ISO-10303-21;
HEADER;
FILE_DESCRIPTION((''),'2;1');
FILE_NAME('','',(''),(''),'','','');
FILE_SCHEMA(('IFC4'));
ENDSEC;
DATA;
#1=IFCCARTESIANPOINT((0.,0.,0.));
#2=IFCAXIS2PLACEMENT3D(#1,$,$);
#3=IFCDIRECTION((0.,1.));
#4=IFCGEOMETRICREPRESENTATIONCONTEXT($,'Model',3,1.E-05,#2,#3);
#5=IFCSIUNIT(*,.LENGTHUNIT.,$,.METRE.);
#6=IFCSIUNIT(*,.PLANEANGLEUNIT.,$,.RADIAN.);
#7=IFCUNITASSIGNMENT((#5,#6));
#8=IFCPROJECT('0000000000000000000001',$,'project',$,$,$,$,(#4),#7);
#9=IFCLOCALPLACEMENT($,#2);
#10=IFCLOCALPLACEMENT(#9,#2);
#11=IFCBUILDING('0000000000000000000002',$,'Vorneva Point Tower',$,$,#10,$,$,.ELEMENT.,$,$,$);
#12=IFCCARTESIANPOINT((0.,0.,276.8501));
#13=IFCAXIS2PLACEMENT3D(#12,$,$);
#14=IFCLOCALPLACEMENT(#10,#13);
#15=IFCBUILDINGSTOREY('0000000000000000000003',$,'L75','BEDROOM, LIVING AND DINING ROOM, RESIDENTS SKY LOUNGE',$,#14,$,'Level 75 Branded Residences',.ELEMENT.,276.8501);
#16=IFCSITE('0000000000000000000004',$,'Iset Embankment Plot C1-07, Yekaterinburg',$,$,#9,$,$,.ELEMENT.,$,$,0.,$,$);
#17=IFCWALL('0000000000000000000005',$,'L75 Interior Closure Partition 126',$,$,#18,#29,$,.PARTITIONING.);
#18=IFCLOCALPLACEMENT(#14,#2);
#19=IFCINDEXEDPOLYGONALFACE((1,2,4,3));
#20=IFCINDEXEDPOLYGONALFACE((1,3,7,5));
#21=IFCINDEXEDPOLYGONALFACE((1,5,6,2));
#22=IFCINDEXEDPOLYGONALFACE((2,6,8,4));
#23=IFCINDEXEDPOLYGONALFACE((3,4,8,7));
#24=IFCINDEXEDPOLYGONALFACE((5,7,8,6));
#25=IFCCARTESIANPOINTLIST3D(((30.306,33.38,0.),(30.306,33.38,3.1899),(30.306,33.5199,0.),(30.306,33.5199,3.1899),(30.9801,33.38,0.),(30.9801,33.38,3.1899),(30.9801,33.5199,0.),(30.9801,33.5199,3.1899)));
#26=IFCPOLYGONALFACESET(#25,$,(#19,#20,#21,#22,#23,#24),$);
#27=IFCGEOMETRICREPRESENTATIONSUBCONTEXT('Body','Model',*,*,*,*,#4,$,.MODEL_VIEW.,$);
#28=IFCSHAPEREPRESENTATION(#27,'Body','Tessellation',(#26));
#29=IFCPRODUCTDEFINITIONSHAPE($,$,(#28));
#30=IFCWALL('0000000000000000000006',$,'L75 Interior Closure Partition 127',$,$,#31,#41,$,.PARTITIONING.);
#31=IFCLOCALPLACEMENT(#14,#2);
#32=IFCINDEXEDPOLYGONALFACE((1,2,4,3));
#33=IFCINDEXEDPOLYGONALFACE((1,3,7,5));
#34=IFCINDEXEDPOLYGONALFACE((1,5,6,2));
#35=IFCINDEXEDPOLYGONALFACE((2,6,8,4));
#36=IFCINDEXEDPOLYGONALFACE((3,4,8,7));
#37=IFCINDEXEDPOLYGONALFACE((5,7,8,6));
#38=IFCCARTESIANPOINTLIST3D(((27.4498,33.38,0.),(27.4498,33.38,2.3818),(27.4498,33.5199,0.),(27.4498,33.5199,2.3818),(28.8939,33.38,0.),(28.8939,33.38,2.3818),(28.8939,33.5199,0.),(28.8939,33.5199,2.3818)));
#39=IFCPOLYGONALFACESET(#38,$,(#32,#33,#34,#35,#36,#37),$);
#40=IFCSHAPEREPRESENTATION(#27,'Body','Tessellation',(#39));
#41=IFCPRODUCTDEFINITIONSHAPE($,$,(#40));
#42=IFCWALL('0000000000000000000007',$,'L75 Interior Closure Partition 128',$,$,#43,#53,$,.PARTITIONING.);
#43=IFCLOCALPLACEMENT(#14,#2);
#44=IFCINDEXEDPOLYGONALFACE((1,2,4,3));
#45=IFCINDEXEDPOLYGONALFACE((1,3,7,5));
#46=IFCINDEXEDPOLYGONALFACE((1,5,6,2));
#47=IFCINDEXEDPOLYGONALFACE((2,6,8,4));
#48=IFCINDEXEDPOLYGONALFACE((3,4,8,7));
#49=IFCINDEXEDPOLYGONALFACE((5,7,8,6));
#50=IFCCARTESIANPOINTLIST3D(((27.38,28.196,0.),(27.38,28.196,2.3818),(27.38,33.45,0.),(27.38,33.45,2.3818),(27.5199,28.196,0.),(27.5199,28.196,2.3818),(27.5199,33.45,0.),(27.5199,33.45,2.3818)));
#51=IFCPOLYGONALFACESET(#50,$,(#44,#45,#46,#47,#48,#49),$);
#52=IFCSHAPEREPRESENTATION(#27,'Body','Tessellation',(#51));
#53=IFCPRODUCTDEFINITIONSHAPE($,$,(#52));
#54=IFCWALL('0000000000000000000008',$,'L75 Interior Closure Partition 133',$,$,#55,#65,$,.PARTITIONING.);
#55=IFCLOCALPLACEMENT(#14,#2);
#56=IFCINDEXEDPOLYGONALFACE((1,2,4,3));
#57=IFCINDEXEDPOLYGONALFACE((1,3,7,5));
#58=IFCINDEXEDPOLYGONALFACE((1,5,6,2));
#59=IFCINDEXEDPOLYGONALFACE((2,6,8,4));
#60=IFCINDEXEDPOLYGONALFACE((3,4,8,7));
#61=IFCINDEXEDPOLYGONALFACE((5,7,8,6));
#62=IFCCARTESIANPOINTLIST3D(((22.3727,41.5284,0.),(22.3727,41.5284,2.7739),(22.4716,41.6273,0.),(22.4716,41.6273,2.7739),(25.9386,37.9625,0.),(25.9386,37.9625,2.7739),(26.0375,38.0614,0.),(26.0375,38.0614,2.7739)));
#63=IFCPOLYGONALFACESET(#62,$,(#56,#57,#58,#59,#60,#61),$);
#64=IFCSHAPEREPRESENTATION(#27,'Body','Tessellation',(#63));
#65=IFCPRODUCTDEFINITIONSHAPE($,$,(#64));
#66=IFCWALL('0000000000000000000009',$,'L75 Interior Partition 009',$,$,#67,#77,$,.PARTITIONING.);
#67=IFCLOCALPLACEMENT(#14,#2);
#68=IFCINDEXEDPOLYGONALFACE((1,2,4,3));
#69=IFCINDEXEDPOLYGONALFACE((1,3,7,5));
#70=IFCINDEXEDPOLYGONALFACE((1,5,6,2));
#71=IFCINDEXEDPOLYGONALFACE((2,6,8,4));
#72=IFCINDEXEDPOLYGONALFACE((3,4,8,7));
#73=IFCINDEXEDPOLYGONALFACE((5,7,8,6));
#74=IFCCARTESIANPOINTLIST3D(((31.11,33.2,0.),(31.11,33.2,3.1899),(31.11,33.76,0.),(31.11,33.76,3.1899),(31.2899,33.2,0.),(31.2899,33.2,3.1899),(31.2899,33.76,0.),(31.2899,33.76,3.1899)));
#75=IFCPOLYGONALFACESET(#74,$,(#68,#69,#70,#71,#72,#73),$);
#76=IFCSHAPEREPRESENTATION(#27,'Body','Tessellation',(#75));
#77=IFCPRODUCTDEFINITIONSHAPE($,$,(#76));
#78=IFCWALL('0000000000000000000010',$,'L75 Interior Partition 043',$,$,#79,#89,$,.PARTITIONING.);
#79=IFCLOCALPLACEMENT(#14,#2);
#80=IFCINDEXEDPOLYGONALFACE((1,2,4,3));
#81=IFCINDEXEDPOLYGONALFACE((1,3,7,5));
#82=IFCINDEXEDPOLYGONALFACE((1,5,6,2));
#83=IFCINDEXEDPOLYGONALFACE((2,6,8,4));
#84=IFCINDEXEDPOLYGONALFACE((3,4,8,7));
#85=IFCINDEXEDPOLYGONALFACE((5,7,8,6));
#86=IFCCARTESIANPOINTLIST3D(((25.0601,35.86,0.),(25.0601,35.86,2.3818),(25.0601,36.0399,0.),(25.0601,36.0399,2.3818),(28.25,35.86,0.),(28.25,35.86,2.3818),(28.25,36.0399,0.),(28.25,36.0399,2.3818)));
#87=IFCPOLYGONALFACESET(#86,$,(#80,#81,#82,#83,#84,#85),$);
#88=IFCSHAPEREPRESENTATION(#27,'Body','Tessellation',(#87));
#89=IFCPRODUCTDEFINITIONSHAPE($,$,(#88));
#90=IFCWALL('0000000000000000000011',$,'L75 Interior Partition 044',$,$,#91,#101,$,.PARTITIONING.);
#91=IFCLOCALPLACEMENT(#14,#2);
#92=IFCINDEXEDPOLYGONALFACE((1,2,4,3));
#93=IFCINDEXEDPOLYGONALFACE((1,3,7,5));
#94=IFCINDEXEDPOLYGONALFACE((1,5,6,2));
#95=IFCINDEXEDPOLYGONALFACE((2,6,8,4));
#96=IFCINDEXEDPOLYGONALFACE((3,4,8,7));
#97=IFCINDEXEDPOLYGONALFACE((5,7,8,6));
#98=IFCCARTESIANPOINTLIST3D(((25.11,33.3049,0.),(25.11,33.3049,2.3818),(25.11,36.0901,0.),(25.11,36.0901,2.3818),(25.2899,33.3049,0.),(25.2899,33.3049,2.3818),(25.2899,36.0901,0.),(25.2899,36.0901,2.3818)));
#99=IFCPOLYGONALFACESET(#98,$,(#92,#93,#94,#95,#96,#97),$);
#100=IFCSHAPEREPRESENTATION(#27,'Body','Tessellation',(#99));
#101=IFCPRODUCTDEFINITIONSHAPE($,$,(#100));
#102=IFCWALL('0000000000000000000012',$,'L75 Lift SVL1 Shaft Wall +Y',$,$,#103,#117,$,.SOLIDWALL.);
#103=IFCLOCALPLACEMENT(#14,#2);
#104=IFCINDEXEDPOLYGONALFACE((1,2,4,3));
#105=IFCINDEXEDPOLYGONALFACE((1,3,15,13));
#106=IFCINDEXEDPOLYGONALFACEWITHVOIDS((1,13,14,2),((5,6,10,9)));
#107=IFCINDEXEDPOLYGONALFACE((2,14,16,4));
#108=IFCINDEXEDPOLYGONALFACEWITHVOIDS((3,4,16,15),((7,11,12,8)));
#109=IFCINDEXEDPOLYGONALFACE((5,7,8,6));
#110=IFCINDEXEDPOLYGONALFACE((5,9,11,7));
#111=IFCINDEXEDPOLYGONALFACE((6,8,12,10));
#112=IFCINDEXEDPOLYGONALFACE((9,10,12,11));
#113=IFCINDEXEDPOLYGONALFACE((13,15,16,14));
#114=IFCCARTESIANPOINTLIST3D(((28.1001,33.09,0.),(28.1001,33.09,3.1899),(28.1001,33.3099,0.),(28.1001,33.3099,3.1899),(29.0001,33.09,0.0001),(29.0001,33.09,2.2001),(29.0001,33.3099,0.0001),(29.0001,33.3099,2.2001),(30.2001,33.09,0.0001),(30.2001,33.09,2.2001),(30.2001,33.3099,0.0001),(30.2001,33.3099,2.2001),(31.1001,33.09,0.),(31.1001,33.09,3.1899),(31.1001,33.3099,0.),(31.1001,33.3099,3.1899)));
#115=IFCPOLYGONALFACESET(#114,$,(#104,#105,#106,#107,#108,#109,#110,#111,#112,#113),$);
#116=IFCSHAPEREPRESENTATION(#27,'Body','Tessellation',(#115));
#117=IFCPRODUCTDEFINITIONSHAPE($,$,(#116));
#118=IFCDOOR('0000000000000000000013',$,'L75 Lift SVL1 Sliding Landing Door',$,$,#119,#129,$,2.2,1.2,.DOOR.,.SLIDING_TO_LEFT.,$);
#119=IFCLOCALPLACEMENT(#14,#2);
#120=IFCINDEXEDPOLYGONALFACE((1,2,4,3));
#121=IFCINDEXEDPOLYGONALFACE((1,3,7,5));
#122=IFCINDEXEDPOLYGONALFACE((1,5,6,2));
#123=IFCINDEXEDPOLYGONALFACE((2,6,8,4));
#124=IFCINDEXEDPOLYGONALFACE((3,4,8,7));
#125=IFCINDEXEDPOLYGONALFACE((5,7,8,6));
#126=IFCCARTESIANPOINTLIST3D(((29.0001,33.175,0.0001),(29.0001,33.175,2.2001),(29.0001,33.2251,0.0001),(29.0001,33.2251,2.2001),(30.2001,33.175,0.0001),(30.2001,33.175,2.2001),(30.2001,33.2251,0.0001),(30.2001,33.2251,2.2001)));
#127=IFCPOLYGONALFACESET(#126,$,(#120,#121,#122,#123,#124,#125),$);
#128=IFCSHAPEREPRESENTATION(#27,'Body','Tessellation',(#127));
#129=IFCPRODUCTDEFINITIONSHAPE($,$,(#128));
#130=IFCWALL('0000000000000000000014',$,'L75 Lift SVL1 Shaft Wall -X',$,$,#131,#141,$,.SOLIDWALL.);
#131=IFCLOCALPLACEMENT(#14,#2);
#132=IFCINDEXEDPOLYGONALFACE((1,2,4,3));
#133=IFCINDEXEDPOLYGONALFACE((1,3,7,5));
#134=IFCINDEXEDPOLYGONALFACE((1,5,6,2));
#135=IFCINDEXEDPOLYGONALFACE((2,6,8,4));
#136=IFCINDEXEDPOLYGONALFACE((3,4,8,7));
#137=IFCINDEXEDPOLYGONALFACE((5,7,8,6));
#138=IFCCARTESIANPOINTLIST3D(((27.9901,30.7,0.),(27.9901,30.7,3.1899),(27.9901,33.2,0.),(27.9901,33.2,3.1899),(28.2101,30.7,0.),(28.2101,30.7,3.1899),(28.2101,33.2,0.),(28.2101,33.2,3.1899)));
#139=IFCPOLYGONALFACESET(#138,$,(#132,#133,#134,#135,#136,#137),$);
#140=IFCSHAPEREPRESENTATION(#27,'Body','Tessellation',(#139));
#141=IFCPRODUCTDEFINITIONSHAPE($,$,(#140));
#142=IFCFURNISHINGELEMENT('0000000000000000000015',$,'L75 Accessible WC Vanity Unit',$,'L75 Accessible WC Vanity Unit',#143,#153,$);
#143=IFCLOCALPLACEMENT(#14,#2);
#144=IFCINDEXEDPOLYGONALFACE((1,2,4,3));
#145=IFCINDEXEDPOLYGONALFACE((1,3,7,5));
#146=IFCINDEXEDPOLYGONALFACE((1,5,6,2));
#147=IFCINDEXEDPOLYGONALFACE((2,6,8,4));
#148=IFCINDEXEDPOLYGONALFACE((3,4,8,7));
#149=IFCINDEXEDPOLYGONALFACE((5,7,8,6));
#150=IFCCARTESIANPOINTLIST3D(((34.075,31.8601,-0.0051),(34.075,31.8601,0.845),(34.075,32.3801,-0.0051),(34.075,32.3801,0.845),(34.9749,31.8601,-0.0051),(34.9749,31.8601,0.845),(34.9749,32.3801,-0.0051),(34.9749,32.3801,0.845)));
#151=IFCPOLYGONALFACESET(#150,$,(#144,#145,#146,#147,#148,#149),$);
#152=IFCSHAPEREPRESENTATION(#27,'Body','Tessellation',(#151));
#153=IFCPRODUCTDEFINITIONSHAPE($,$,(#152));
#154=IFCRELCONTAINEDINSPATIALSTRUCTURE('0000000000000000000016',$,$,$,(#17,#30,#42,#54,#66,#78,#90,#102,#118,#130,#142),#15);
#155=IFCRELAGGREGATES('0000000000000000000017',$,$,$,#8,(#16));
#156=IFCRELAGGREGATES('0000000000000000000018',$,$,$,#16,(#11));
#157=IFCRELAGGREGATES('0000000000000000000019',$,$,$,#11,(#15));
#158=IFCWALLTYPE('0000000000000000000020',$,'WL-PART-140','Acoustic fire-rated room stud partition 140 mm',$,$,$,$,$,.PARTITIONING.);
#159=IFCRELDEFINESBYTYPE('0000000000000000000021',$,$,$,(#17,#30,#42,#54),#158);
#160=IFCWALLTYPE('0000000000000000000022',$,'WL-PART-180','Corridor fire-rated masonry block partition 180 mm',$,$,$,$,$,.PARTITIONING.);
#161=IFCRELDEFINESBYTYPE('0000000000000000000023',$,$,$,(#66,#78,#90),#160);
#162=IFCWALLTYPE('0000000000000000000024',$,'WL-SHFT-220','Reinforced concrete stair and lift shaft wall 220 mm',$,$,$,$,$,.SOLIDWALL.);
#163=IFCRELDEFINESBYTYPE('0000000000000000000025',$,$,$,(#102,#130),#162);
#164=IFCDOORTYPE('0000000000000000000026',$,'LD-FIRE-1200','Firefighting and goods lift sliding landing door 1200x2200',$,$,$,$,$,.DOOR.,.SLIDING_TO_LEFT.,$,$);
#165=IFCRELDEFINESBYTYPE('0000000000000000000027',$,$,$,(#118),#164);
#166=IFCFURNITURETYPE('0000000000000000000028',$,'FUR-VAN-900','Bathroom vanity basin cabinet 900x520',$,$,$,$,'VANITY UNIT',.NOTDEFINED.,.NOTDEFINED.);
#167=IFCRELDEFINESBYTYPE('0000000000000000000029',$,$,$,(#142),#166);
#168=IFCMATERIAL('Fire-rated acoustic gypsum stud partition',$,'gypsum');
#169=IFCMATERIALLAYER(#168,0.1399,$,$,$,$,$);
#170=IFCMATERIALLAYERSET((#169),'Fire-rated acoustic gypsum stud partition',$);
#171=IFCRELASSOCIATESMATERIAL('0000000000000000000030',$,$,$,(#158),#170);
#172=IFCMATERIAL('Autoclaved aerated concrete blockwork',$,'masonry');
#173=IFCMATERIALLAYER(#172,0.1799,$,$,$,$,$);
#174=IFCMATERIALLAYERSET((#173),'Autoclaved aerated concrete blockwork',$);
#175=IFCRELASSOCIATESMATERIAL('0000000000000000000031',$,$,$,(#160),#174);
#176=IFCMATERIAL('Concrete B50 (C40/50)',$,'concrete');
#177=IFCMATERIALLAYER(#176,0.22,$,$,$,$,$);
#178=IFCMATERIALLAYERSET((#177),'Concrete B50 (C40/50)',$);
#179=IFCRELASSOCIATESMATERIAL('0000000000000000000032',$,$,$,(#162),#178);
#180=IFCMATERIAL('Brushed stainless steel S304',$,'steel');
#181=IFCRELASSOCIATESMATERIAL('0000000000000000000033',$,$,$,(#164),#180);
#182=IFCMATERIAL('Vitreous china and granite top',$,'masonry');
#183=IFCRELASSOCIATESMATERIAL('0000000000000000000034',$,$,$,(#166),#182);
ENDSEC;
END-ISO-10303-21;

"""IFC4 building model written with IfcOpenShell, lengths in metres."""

from ifc_helpers import new_model, si_unit, direction, frame, frame_2d, origin, origin_2d, place, context, subcontext, project, spatial, rectangle, extrude, material, layer, layer_set, type_object, element, fill, save


model = new_model("IFC4")

# Units and contexts
model_context = context("Model", 3, precision=1e-05, world=origin(), true_north=direction((0.0, 1.0)))
body_context = subcontext(model_context, "Body", "Model", "MODEL_VIEW")
ifc_project = project(units=[si_unit("LENGTHUNIT", "METRE"), si_unit("PLANEANGLEUNIT", "RADIAN")], contexts=[model_context])

# Site, building, storey
site_placement = place(None, origin())
site = spatial("IfcSite", under=ifc_project, at=site_placement, Name="Iset Embankment Plot C1-07, Yekaterinburg", CompositionType="ELEMENT", RefElevation=0.0)
building_placement = place(site_placement, origin())
building = spatial("IfcBuilding", under=site, at=building_placement, Name="Vorneva Point Tower", CompositionType="ELEMENT")
storey_placement = place(building_placement, frame((0.0, 0.0, 276.8501)))
storey = spatial("IfcBuildingStorey", under=building, at=storey_placement, Name="L75", Description="BEDROOM, LIVING AND DINING ROOM, RESIDENTS SKY LOUNGE", LongName="Level 75 Branded Residences", CompositionType="ELEMENT", Elevation=276.8501)

# Shared definitions
ifc_material_1 = material(Name="Concrete B50 (C40/50)", Category="concrete")

# Shared definitions
ifc_material_2 = material(Name="Fire-rated acoustic gypsum stud partition", Category="gypsum")

# Walls
ifc_layer_1 = layer(ifc_material_2, 0.1399)
ifc_layer_set_1 = layer_set([ifc_layer_1], Name="Fire-rated acoustic gypsum stud partition")
wall_type_1 = type_object("IfcWallType", Name="WL-PART-140", Description="Acoustic fire-rated room stud partition 140 mm", PredefinedType="PARTITIONING", material=ifc_layer_set_1)
wall_1_placement = place(storey_placement, frame((30.98, 33.45, 0.0), z_axis=(0.0, 0.0, 1.0), x_axis=(-1.0, 0.0, 0.0)))
element("IfcWall", 1, at=wall_1_placement, inside=storey, type_object=wall_type_1, Name="L75 Interior Closure Partition 126", PredefinedType="PARTITIONING", context=body_context, shape_type="SweptSolid", body=[
    extrude(rectangle(XDim=0.6741, YDim=0.1399, at=frame_2d((0.3369, 0.0))), origin(), (0.0, 0.0, 1.0), 3.1899),
])
wall_2_placement = place(storey_placement, frame((28.894, 33.45, 0.0), z_axis=(0.0, 0.0, 1.0), x_axis=(-1.0, 0.0, 0.0)))
element("IfcWall", 2, at=wall_2_placement, inside=storey, type_object=wall_type_1, Name="L75 Interior Closure Partition 127", PredefinedType="PARTITIONING", context=body_context, shape_type="SweptSolid", body=[
    extrude(rectangle(XDim=1.4441, YDim=0.1399, at=frame_2d((0.7222, 0.0))), origin(), (0.0, 0.0, 1.0), 2.3818),
])
wall_3_placement = place(storey_placement, frame((27.45, 33.45, 0.0), z_axis=(0.0, 0.0, 1.0), x_axis=(0.0, -1.0, 0.0)))
element("IfcWall", 3, at=wall_3_placement, inside=storey, type_object=wall_type_1, Name="L75 Interior Closure Partition 128", PredefinedType="PARTITIONING", context=body_context, shape_type="SweptSolid", body=[
    extrude(rectangle(XDim=5.2539, YDim=0.1399, at=frame_2d((2.627, 0.0))), origin(), (0.0, 0.0, 1.0), 2.3818),
])
wall_4_placement = place(storey_placement, frame((25.988, 38.012, 0.0), z_axis=(0.0, 0.0, 1.0), x_axis=(-0.707107, 0.707107, 0.0)))
element("IfcWall", 4, at=wall_4_placement, inside=storey, type_object=wall_type_1, Name="L75 Interior Closure Partition 133", PredefinedType="PARTITIONING", context=body_context, shape_type="SweptSolid", body=[
    extrude(rectangle(XDim=5.043, YDim=0.1399, at=frame_2d((2.5215, 0.0))), origin(), (0.0, 0.0, 1.0), 2.7739),
])

# Shared definitions
ifc_material_3 = material(Name="Autoclaved aerated concrete blockwork", Category="masonry")
ifc_layer_2 = layer(ifc_material_3, 0.1799)
ifc_layer_set_2 = layer_set([ifc_layer_2], Name="Autoclaved aerated concrete blockwork")
wall_type_2 = type_object("IfcWallType", Name="WL-PART-180", Description="Corridor fire-rated masonry block partition 180 mm", PredefinedType="PARTITIONING", material=ifc_layer_set_2)

# Wall
wall_5_placement = place(storey_placement, frame((31.2, 33.76, 0.0), z_axis=(0.0, 0.0, 1.0), x_axis=(0.0, -1.0, 0.0)))
element("IfcWall", 5, at=wall_5_placement, inside=storey, type_object=wall_type_2, Name="L75 Interior Partition 009", PredefinedType="PARTITIONING", context=body_context, shape_type="SweptSolid", body=[
    extrude(rectangle(XDim=0.5601, YDim=0.1799, at=frame_2d((0.28, 0.0))), origin(), (0.0, 0.0, 1.0), 3.1899),
])

# Walls
wall_6_placement = place(storey_placement, frame((28.25, 35.95, 0.0), z_axis=(0.0, 0.0, 1.0), x_axis=(-1.0, 0.0, 0.0)))
element("IfcWall", 6, at=wall_6_placement, inside=storey, type_object=wall_type_2, Name="L75 Interior Partition 043", PredefinedType="PARTITIONING", context=body_context, shape_type="SweptSolid", body=[
    extrude(rectangle(XDim=3.1899, YDim=0.1799, at=frame_2d((1.595, 0.0))), origin(), (0.0, 0.0, 1.0), 2.3818),
])
wall_7_placement = place(storey_placement, frame((25.2, 36.0901, 0.0), z_axis=(0.0, 0.0, 1.0), x_axis=(0.0, -1.0, 0.0)))
element("IfcWall", 7, at=wall_7_placement, inside=storey, type_object=wall_type_2, Name="L75 Interior Partition 044", PredefinedType="PARTITIONING", context=body_context, shape_type="SweptSolid", body=[
    extrude(rectangle(XDim=2.7852, YDim=0.1799, at=frame_2d((1.3926, 0.0))), origin(), (0.0, 0.0, 1.0), 2.3818),
])

# Wall, opening, door
ifc_layer_3 = layer(ifc_material_1, 0.22)
ifc_layer_set_3 = layer_set([ifc_layer_3], Name="Concrete B50 (C40/50)")
wall_type_3 = type_object("IfcWallType", Name="WL-SHFT-220", Description="Reinforced concrete stair and lift shaft wall 220 mm", PredefinedType="SOLIDWALL", material=ifc_layer_set_3)
wall_8_placement = place(storey_placement, frame((31.1001, 33.2, 0.0), z_axis=(0.0, 0.0, 1.0), x_axis=(-1.0, 0.0, 0.0)))
wall_8 = element("IfcWall", 8, at=wall_8_placement, inside=storey, type_object=wall_type_3, Name="L75 Lift SVL1 Shaft Wall +Y", PredefinedType="SOLIDWALL", context=body_context, shape_type="SweptSolid", body=[
    extrude(rectangle(XDim=3.0, YDim=0.22, at=frame_2d((1.5, 0.0))), origin(), (0.0, 0.0, 1.0), 3.1899),
])
opening_1_placement = place(wall_8_placement, frame((0.8999, 0.0, 0.0)))
opening_1 = element("IfcOpeningElement", 9, at=opening_1_placement, cuts=wall_8, PredefinedType="OPENING", context=body_context, shape_type="SweptSolid", body=[
    extrude(rectangle(XDim=1.2, YDim=2.2, at=frame_2d((0.6001, 1.1001))), frame((0.0, 0.125, 0.0), z_axis=(0.0, -1.0, 0.0), x_axis=(1.0, 0.0, 0.0)), (0.0, 0.0, 1.0), 0.2498),
])
ifc_material_4 = material(Name="Brushed stainless steel S304", Category="steel")
door_type_1 = type_object("IfcDoorType", Name="LD-FIRE-1200", Description="Firefighting and goods lift sliding landing door 1200x2200", OperationType="SLIDING_TO_LEFT", PredefinedType="DOOR", material=ifc_material_4)
door_1_placement = place(opening_1_placement, origin())
door_1 = element("IfcDoor", 10, at=door_1_placement, inside=storey, type_object=door_type_1, Name="L75 Lift SVL1 Sliding Landing Door", OperationType="SLIDING_TO_LEFT", OverallHeight=2.2, OverallWidth=1.2, PredefinedType="DOOR", context=body_context, shape_type="SweptSolid", body=[
    extrude(rectangle(XDim=1.2, YDim=2.2, at=frame_2d((0.6001, 1.1001))), frame((0.0, 0.0249, 0.0), z_axis=(0.0, -1.0, 0.0), x_axis=(1.0, 0.0, 0.0)), (0.0, 0.0, 1.0), 0.05),
])
fill(opening_1, door_1)

# Wall
wall_9_placement = place(storey_placement, frame((28.1001, 33.2, 0.0), z_axis=(0.0, 0.0, 1.0), x_axis=(0.0, -1.0, 0.0)))
element("IfcWall", 11, at=wall_9_placement, inside=storey, type_object=wall_type_3, Name="L75 Lift SVL1 Shaft Wall -X", PredefinedType="SOLIDWALL", context=body_context, shape_type="SweptSolid", body=[
    extrude(rectangle(XDim=2.5, YDim=0.22, at=frame_2d((1.25, 0.0))), origin(), (0.0, 0.0, 1.0), 3.1899),
])

# Furnishing element
ifc_material_5 = material(Name="Vitreous china and granite top", Category="masonry")
furniture_type = type_object("IfcFurnitureType", Name="FUR-VAN-900", Description="Bathroom vanity basin cabinet 900x520", ElementType="VANITY UNIT", AssemblyPlace="NOTDEFINED", PredefinedType="NOTDEFINED", material=ifc_material_5)
furnishing_placement = place(storey_placement, frame((34.5249, 32.1201, -0.0051), z_axis=(0.0, 0.0, 1.0), x_axis=(1.0, 0.0, 0.0)))
element("IfcFurnishingElement", 12, at=furnishing_placement, inside=storey, type_object=furniture_type, Name="L75 Accessible WC Vanity Unit", ObjectType="L75 Accessible WC Vanity Unit", context=body_context, shape_type="SweptSolid", body=[
    extrude(rectangle(XDim=0.8999, YDim=0.52, at=origin_2d()), origin(), (0.0, 0.0, 1.0), 0.8501),
])

save(model, "model.ifc")
